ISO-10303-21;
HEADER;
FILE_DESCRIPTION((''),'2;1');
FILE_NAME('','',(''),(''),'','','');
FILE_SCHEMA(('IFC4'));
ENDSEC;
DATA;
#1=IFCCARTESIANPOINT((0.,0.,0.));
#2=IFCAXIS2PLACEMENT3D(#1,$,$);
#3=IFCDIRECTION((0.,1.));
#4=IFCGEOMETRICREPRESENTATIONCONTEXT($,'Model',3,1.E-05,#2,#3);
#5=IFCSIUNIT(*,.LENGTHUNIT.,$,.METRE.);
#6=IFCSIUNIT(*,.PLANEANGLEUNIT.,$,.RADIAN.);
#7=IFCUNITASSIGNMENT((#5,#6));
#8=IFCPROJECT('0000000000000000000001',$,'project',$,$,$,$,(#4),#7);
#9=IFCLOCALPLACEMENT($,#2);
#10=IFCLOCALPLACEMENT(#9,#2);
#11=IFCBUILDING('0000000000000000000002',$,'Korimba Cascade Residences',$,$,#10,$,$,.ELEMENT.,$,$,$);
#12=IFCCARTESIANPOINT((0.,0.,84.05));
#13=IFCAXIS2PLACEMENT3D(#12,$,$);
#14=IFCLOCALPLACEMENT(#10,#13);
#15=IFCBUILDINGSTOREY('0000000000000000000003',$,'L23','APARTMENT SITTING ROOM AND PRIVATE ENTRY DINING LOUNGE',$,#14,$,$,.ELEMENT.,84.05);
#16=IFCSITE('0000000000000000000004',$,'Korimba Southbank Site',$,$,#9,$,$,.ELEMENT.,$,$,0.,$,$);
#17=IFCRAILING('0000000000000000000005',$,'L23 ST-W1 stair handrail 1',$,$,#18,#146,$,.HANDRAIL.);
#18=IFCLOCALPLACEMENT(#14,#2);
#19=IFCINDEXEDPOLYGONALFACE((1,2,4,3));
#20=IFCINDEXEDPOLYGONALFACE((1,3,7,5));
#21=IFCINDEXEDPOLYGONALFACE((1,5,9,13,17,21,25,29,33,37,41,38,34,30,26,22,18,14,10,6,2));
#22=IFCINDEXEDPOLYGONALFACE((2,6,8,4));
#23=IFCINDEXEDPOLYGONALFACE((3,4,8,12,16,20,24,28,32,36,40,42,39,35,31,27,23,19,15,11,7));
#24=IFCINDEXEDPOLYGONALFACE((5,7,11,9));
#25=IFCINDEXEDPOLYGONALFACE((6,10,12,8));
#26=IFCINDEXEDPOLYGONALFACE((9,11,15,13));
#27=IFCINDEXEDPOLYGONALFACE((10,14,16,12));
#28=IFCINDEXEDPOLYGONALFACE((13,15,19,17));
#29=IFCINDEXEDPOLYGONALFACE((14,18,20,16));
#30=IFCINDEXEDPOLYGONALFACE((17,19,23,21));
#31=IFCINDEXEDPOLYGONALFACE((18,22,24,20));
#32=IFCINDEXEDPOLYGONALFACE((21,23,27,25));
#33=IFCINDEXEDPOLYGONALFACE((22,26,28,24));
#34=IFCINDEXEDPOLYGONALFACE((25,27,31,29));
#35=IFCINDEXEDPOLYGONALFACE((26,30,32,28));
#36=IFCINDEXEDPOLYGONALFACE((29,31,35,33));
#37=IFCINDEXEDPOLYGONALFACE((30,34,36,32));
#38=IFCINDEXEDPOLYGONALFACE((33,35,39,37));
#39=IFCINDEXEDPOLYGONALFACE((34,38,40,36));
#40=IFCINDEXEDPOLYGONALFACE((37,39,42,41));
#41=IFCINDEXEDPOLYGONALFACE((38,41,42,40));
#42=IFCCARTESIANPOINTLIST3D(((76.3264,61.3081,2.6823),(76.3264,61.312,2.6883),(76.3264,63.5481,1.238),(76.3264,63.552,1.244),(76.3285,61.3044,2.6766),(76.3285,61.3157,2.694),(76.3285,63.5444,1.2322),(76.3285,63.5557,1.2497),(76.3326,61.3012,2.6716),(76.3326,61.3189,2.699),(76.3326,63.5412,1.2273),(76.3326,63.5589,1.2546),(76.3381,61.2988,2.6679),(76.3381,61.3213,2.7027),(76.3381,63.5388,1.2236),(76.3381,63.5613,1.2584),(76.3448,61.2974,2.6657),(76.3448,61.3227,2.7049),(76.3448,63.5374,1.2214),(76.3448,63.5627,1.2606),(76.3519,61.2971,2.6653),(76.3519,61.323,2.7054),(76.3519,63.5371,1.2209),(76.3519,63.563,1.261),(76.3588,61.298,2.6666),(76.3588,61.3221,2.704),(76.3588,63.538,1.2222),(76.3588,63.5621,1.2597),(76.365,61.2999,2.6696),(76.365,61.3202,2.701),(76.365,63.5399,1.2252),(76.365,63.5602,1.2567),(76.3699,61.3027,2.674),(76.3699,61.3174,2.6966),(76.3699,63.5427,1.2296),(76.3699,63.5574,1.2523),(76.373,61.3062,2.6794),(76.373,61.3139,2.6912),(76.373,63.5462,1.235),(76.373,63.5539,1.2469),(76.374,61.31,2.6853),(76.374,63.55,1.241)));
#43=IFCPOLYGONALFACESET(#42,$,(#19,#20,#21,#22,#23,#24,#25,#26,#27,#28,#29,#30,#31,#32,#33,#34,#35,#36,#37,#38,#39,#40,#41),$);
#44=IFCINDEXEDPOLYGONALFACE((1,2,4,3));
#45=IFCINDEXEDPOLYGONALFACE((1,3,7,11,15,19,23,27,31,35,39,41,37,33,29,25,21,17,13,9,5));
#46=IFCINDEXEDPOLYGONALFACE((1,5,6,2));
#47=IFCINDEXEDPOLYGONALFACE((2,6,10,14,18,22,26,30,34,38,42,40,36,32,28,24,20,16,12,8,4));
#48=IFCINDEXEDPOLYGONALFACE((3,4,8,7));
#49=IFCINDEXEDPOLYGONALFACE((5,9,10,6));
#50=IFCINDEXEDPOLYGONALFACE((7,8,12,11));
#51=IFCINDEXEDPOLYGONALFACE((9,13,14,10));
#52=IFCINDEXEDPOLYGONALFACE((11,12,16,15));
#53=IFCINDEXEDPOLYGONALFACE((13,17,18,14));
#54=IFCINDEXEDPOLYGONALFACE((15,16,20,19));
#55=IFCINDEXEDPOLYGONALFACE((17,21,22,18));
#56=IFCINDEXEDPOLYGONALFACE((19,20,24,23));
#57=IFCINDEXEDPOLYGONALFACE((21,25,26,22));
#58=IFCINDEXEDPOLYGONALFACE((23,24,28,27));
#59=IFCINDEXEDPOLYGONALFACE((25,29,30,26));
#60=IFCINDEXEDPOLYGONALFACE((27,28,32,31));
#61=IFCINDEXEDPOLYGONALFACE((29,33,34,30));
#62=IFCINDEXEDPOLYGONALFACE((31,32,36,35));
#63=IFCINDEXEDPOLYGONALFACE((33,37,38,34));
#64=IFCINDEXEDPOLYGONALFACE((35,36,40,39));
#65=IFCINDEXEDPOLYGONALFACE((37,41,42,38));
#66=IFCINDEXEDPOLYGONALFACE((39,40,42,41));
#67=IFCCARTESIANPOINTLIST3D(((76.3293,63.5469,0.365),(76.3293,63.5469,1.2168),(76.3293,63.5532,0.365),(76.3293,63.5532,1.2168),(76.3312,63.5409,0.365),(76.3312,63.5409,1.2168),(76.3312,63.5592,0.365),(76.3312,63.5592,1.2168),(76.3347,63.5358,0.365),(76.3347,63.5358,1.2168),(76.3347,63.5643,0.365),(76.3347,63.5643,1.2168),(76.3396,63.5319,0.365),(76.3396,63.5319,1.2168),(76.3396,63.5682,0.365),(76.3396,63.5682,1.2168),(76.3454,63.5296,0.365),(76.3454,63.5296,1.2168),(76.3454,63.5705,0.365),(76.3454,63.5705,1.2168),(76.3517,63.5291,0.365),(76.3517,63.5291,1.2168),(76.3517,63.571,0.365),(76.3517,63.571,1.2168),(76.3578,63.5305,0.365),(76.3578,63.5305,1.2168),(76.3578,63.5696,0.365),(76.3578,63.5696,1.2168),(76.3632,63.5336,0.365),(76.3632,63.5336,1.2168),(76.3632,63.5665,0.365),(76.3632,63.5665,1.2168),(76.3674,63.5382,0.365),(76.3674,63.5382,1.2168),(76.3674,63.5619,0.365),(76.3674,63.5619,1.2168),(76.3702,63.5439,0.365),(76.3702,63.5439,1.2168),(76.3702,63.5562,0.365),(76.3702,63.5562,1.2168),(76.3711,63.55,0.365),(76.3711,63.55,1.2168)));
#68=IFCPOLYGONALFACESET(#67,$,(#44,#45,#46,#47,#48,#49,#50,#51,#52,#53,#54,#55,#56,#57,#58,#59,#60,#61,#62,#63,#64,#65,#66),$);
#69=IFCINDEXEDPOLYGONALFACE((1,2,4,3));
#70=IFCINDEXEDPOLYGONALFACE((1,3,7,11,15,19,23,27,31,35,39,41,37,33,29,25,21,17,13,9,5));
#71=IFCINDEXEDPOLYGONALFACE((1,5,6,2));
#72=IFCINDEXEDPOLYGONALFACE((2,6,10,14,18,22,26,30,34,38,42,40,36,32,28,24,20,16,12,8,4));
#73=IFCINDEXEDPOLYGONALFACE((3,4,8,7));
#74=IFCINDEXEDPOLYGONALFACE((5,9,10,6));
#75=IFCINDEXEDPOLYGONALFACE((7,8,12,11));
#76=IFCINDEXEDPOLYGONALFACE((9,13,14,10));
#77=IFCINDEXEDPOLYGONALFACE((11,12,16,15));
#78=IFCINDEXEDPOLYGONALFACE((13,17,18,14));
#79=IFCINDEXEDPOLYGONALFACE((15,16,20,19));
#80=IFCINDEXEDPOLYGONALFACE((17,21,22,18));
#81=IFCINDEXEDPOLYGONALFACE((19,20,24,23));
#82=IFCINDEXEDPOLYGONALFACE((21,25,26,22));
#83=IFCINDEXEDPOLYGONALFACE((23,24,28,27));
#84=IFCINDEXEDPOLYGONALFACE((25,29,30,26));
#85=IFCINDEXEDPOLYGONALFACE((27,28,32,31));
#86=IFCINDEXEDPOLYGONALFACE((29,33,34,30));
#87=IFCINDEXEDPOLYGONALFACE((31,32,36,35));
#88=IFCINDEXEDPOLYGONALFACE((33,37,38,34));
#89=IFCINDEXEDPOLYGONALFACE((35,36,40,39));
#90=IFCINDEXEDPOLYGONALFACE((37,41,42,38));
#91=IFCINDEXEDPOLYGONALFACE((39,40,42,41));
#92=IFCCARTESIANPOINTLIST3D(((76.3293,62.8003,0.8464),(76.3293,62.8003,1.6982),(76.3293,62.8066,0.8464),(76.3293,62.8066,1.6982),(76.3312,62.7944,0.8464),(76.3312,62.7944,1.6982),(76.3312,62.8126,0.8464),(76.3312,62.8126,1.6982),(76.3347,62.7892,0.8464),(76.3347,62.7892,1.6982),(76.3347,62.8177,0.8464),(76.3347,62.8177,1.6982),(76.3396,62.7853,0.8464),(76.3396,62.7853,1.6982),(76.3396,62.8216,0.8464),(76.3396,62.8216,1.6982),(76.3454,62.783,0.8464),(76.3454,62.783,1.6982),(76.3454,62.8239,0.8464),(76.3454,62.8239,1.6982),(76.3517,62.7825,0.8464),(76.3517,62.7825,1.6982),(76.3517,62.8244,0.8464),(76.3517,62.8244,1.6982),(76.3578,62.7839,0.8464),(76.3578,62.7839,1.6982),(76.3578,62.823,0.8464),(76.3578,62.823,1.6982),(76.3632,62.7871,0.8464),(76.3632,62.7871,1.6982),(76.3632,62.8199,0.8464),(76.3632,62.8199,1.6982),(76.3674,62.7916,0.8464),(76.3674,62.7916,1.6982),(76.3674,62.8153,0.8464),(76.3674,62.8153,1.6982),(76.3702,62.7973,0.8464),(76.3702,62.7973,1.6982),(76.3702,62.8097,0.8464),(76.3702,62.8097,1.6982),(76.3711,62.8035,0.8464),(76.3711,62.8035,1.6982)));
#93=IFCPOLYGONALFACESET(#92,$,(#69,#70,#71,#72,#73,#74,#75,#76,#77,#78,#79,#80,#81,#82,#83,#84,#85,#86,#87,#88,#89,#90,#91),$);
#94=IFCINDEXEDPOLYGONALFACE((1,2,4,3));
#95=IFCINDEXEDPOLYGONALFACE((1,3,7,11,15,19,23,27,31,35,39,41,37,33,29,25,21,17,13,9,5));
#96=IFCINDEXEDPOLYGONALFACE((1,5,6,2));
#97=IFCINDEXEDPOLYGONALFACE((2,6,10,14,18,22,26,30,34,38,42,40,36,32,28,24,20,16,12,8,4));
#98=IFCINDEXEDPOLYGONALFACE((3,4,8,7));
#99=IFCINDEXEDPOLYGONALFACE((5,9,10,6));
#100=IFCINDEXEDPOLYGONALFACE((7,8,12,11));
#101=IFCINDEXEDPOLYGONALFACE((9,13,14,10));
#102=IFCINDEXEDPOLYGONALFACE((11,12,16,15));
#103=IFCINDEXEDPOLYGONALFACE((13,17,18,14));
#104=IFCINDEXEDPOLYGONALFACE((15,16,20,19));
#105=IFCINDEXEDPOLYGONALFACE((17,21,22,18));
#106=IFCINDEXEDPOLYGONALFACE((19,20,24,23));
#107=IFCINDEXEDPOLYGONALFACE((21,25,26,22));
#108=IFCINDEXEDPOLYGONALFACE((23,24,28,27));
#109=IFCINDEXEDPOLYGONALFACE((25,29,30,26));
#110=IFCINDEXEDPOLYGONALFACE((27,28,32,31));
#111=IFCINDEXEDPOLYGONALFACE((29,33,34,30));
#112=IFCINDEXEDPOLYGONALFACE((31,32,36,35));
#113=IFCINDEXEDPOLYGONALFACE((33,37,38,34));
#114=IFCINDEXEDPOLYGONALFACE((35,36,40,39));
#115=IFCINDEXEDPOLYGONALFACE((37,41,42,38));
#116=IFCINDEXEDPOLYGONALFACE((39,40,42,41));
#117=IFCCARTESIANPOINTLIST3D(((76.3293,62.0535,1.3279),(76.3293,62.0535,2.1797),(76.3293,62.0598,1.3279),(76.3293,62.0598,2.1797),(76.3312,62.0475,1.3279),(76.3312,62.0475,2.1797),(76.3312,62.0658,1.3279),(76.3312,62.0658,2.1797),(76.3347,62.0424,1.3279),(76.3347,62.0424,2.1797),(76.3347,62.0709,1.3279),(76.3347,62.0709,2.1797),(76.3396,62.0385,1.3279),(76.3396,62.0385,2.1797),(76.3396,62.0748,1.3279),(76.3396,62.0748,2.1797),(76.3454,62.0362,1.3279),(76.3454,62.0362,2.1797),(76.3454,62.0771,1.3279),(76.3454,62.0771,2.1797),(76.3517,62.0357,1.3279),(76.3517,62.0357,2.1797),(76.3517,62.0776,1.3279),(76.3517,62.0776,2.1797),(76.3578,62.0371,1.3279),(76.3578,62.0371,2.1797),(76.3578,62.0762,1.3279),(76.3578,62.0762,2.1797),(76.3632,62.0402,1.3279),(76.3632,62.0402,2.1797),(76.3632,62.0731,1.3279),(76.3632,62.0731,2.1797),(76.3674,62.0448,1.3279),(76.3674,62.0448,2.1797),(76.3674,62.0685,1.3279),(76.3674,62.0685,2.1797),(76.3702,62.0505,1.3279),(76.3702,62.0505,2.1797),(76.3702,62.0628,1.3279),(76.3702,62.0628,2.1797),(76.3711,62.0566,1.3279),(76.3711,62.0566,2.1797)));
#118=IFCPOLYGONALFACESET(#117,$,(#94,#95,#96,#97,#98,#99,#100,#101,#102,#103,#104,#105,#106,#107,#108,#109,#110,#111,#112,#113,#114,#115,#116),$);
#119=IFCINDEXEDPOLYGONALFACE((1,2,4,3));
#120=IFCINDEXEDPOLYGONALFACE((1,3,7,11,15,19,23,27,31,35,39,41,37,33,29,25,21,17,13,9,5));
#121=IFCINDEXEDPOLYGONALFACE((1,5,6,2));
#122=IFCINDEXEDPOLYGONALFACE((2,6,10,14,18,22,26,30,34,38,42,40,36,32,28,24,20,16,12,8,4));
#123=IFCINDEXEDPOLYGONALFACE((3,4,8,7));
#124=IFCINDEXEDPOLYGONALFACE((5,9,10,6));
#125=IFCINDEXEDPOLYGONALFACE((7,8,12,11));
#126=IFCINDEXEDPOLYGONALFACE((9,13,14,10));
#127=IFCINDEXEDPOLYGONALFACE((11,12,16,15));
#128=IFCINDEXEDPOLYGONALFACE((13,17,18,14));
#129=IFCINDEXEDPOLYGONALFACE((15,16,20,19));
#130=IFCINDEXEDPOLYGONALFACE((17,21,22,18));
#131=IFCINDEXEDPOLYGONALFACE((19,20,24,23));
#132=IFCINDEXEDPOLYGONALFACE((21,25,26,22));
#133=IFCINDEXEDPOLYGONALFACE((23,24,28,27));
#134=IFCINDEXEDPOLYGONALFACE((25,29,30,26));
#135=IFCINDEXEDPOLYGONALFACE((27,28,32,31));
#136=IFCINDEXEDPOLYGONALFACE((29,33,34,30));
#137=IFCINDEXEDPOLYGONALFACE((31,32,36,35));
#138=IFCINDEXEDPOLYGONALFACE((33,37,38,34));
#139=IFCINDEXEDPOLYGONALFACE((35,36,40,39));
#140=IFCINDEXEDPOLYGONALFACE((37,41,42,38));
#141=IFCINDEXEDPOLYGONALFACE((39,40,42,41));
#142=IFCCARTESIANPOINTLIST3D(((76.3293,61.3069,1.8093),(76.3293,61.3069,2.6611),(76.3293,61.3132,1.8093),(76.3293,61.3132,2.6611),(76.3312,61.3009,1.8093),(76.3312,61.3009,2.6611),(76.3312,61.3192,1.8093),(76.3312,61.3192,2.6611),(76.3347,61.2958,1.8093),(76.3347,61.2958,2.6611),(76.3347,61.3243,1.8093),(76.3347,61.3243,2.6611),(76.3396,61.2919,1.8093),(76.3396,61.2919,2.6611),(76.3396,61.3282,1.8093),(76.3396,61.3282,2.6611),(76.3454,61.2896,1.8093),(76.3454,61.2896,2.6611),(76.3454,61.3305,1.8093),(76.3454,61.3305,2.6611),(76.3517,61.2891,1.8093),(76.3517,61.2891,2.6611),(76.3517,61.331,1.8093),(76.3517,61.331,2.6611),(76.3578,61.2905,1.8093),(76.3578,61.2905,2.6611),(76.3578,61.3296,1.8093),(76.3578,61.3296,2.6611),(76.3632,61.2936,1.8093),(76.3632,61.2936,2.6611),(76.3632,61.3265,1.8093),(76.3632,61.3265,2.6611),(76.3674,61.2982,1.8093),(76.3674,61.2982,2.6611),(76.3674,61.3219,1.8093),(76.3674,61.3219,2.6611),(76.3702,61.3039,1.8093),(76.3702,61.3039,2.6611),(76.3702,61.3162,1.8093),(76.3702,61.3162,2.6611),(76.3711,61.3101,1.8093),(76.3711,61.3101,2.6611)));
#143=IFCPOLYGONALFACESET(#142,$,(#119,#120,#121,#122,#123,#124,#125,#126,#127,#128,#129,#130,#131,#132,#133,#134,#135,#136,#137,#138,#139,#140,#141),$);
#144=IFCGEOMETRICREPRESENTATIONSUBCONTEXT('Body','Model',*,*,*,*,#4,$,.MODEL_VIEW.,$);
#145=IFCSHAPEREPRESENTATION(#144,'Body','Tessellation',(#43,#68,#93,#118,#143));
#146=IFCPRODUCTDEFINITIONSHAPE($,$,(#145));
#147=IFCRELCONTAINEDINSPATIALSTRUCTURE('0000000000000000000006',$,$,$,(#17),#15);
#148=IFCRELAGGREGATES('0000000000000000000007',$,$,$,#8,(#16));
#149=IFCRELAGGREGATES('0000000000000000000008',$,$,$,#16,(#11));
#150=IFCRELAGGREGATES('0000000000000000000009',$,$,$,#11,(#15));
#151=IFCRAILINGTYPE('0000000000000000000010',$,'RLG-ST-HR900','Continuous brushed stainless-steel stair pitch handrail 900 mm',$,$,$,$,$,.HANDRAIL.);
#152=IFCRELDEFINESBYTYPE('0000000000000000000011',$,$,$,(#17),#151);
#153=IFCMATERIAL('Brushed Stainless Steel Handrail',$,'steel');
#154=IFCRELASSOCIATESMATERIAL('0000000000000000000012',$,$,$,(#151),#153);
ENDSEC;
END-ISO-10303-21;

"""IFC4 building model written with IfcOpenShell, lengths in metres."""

from ifc_helpers import new_model, si_unit, direction, frame, origin, origin_2d, place, context, subcontext, project, spatial, circle, extrude, material, type_object, element, save


model = new_model("IFC4")

# Units and contexts
model_context = context("Model", 3, precision=1e-05, world=origin(), true_north=direction((0.0, 1.0)))
body_context = subcontext(model_context, "Body", "Model", "MODEL_VIEW")
ifc_project = project(units=[si_unit("LENGTHUNIT", "METRE"), si_unit("PLANEANGLEUNIT", "RADIAN")], contexts=[model_context])

# Site, building, storey
site_placement = place(None, origin())
site = spatial("IfcSite", under=ifc_project, at=site_placement, Name="Korimba Southbank Site", CompositionType="ELEMENT", RefElevation=0.0)
building_placement = place(site_placement, origin())
building = spatial("IfcBuilding", under=site, at=building_placement, Name="Korimba Cascade Residences", CompositionType="ELEMENT")
storey_placement = place(building_placement, frame((0.0, 0.0, 84.05)))
storey = spatial("IfcBuildingStorey", under=building, at=storey_placement, Name="L23", Description="APARTMENT SITTING ROOM AND PRIVATE ENTRY DINING LOUNGE", CompositionType="ELEMENT", Elevation=84.05)

# Railing
ifc_material_1 = material(Name="Brushed Stainless Steel Handrail", Category="steel")
railing_type_1 = type_object("IfcRailingType", Name="RLG-ST-HR900", Description="Continuous brushed stainless-steel stair pitch handrail 900 mm", PredefinedType="HANDRAIL", material=ifc_material_1)
railing_1_placement = place(storey_placement, frame((76.3501, 63.55, 0.365)))
element("IfcRailing", 1, at=railing_1_placement, inside=storey, type_object=railing_type_1, Name="L23 ST-W1 stair handrail 1", PredefinedType="HANDRAIL", context=body_context, shape_type="SweptSolid", body=[
    extrude(circle(Radius=0.0239, at=origin_2d()), frame((0.0, 0.0, 0.876), z_axis=(0.0, -0.840437, 0.54191), x_axis=(1.0, 0.0, 0.0)), (0.0, 0.0, 1.0), 2.6653),
    extrude(circle(Radius=0.021, at=origin_2d()), origin(), (0.0, 0.0, 1.0), 0.8518),
    extrude(circle(Radius=0.021, at=origin_2d()), frame((0.0, -0.7466, 0.4814)), (0.0, 0.0, 1.0), 0.8518),
    extrude(circle(Radius=0.021, at=origin_2d()), frame((0.0, -1.4934, 0.9629)), (0.0, 0.0, 1.0), 0.8518),
    extrude(circle(Radius=0.021, at=origin_2d()), frame((0.0, -2.24, 1.4443)), (0.0, 0.0, 1.0), 0.8518),
])

save(model, "model.ifc")
